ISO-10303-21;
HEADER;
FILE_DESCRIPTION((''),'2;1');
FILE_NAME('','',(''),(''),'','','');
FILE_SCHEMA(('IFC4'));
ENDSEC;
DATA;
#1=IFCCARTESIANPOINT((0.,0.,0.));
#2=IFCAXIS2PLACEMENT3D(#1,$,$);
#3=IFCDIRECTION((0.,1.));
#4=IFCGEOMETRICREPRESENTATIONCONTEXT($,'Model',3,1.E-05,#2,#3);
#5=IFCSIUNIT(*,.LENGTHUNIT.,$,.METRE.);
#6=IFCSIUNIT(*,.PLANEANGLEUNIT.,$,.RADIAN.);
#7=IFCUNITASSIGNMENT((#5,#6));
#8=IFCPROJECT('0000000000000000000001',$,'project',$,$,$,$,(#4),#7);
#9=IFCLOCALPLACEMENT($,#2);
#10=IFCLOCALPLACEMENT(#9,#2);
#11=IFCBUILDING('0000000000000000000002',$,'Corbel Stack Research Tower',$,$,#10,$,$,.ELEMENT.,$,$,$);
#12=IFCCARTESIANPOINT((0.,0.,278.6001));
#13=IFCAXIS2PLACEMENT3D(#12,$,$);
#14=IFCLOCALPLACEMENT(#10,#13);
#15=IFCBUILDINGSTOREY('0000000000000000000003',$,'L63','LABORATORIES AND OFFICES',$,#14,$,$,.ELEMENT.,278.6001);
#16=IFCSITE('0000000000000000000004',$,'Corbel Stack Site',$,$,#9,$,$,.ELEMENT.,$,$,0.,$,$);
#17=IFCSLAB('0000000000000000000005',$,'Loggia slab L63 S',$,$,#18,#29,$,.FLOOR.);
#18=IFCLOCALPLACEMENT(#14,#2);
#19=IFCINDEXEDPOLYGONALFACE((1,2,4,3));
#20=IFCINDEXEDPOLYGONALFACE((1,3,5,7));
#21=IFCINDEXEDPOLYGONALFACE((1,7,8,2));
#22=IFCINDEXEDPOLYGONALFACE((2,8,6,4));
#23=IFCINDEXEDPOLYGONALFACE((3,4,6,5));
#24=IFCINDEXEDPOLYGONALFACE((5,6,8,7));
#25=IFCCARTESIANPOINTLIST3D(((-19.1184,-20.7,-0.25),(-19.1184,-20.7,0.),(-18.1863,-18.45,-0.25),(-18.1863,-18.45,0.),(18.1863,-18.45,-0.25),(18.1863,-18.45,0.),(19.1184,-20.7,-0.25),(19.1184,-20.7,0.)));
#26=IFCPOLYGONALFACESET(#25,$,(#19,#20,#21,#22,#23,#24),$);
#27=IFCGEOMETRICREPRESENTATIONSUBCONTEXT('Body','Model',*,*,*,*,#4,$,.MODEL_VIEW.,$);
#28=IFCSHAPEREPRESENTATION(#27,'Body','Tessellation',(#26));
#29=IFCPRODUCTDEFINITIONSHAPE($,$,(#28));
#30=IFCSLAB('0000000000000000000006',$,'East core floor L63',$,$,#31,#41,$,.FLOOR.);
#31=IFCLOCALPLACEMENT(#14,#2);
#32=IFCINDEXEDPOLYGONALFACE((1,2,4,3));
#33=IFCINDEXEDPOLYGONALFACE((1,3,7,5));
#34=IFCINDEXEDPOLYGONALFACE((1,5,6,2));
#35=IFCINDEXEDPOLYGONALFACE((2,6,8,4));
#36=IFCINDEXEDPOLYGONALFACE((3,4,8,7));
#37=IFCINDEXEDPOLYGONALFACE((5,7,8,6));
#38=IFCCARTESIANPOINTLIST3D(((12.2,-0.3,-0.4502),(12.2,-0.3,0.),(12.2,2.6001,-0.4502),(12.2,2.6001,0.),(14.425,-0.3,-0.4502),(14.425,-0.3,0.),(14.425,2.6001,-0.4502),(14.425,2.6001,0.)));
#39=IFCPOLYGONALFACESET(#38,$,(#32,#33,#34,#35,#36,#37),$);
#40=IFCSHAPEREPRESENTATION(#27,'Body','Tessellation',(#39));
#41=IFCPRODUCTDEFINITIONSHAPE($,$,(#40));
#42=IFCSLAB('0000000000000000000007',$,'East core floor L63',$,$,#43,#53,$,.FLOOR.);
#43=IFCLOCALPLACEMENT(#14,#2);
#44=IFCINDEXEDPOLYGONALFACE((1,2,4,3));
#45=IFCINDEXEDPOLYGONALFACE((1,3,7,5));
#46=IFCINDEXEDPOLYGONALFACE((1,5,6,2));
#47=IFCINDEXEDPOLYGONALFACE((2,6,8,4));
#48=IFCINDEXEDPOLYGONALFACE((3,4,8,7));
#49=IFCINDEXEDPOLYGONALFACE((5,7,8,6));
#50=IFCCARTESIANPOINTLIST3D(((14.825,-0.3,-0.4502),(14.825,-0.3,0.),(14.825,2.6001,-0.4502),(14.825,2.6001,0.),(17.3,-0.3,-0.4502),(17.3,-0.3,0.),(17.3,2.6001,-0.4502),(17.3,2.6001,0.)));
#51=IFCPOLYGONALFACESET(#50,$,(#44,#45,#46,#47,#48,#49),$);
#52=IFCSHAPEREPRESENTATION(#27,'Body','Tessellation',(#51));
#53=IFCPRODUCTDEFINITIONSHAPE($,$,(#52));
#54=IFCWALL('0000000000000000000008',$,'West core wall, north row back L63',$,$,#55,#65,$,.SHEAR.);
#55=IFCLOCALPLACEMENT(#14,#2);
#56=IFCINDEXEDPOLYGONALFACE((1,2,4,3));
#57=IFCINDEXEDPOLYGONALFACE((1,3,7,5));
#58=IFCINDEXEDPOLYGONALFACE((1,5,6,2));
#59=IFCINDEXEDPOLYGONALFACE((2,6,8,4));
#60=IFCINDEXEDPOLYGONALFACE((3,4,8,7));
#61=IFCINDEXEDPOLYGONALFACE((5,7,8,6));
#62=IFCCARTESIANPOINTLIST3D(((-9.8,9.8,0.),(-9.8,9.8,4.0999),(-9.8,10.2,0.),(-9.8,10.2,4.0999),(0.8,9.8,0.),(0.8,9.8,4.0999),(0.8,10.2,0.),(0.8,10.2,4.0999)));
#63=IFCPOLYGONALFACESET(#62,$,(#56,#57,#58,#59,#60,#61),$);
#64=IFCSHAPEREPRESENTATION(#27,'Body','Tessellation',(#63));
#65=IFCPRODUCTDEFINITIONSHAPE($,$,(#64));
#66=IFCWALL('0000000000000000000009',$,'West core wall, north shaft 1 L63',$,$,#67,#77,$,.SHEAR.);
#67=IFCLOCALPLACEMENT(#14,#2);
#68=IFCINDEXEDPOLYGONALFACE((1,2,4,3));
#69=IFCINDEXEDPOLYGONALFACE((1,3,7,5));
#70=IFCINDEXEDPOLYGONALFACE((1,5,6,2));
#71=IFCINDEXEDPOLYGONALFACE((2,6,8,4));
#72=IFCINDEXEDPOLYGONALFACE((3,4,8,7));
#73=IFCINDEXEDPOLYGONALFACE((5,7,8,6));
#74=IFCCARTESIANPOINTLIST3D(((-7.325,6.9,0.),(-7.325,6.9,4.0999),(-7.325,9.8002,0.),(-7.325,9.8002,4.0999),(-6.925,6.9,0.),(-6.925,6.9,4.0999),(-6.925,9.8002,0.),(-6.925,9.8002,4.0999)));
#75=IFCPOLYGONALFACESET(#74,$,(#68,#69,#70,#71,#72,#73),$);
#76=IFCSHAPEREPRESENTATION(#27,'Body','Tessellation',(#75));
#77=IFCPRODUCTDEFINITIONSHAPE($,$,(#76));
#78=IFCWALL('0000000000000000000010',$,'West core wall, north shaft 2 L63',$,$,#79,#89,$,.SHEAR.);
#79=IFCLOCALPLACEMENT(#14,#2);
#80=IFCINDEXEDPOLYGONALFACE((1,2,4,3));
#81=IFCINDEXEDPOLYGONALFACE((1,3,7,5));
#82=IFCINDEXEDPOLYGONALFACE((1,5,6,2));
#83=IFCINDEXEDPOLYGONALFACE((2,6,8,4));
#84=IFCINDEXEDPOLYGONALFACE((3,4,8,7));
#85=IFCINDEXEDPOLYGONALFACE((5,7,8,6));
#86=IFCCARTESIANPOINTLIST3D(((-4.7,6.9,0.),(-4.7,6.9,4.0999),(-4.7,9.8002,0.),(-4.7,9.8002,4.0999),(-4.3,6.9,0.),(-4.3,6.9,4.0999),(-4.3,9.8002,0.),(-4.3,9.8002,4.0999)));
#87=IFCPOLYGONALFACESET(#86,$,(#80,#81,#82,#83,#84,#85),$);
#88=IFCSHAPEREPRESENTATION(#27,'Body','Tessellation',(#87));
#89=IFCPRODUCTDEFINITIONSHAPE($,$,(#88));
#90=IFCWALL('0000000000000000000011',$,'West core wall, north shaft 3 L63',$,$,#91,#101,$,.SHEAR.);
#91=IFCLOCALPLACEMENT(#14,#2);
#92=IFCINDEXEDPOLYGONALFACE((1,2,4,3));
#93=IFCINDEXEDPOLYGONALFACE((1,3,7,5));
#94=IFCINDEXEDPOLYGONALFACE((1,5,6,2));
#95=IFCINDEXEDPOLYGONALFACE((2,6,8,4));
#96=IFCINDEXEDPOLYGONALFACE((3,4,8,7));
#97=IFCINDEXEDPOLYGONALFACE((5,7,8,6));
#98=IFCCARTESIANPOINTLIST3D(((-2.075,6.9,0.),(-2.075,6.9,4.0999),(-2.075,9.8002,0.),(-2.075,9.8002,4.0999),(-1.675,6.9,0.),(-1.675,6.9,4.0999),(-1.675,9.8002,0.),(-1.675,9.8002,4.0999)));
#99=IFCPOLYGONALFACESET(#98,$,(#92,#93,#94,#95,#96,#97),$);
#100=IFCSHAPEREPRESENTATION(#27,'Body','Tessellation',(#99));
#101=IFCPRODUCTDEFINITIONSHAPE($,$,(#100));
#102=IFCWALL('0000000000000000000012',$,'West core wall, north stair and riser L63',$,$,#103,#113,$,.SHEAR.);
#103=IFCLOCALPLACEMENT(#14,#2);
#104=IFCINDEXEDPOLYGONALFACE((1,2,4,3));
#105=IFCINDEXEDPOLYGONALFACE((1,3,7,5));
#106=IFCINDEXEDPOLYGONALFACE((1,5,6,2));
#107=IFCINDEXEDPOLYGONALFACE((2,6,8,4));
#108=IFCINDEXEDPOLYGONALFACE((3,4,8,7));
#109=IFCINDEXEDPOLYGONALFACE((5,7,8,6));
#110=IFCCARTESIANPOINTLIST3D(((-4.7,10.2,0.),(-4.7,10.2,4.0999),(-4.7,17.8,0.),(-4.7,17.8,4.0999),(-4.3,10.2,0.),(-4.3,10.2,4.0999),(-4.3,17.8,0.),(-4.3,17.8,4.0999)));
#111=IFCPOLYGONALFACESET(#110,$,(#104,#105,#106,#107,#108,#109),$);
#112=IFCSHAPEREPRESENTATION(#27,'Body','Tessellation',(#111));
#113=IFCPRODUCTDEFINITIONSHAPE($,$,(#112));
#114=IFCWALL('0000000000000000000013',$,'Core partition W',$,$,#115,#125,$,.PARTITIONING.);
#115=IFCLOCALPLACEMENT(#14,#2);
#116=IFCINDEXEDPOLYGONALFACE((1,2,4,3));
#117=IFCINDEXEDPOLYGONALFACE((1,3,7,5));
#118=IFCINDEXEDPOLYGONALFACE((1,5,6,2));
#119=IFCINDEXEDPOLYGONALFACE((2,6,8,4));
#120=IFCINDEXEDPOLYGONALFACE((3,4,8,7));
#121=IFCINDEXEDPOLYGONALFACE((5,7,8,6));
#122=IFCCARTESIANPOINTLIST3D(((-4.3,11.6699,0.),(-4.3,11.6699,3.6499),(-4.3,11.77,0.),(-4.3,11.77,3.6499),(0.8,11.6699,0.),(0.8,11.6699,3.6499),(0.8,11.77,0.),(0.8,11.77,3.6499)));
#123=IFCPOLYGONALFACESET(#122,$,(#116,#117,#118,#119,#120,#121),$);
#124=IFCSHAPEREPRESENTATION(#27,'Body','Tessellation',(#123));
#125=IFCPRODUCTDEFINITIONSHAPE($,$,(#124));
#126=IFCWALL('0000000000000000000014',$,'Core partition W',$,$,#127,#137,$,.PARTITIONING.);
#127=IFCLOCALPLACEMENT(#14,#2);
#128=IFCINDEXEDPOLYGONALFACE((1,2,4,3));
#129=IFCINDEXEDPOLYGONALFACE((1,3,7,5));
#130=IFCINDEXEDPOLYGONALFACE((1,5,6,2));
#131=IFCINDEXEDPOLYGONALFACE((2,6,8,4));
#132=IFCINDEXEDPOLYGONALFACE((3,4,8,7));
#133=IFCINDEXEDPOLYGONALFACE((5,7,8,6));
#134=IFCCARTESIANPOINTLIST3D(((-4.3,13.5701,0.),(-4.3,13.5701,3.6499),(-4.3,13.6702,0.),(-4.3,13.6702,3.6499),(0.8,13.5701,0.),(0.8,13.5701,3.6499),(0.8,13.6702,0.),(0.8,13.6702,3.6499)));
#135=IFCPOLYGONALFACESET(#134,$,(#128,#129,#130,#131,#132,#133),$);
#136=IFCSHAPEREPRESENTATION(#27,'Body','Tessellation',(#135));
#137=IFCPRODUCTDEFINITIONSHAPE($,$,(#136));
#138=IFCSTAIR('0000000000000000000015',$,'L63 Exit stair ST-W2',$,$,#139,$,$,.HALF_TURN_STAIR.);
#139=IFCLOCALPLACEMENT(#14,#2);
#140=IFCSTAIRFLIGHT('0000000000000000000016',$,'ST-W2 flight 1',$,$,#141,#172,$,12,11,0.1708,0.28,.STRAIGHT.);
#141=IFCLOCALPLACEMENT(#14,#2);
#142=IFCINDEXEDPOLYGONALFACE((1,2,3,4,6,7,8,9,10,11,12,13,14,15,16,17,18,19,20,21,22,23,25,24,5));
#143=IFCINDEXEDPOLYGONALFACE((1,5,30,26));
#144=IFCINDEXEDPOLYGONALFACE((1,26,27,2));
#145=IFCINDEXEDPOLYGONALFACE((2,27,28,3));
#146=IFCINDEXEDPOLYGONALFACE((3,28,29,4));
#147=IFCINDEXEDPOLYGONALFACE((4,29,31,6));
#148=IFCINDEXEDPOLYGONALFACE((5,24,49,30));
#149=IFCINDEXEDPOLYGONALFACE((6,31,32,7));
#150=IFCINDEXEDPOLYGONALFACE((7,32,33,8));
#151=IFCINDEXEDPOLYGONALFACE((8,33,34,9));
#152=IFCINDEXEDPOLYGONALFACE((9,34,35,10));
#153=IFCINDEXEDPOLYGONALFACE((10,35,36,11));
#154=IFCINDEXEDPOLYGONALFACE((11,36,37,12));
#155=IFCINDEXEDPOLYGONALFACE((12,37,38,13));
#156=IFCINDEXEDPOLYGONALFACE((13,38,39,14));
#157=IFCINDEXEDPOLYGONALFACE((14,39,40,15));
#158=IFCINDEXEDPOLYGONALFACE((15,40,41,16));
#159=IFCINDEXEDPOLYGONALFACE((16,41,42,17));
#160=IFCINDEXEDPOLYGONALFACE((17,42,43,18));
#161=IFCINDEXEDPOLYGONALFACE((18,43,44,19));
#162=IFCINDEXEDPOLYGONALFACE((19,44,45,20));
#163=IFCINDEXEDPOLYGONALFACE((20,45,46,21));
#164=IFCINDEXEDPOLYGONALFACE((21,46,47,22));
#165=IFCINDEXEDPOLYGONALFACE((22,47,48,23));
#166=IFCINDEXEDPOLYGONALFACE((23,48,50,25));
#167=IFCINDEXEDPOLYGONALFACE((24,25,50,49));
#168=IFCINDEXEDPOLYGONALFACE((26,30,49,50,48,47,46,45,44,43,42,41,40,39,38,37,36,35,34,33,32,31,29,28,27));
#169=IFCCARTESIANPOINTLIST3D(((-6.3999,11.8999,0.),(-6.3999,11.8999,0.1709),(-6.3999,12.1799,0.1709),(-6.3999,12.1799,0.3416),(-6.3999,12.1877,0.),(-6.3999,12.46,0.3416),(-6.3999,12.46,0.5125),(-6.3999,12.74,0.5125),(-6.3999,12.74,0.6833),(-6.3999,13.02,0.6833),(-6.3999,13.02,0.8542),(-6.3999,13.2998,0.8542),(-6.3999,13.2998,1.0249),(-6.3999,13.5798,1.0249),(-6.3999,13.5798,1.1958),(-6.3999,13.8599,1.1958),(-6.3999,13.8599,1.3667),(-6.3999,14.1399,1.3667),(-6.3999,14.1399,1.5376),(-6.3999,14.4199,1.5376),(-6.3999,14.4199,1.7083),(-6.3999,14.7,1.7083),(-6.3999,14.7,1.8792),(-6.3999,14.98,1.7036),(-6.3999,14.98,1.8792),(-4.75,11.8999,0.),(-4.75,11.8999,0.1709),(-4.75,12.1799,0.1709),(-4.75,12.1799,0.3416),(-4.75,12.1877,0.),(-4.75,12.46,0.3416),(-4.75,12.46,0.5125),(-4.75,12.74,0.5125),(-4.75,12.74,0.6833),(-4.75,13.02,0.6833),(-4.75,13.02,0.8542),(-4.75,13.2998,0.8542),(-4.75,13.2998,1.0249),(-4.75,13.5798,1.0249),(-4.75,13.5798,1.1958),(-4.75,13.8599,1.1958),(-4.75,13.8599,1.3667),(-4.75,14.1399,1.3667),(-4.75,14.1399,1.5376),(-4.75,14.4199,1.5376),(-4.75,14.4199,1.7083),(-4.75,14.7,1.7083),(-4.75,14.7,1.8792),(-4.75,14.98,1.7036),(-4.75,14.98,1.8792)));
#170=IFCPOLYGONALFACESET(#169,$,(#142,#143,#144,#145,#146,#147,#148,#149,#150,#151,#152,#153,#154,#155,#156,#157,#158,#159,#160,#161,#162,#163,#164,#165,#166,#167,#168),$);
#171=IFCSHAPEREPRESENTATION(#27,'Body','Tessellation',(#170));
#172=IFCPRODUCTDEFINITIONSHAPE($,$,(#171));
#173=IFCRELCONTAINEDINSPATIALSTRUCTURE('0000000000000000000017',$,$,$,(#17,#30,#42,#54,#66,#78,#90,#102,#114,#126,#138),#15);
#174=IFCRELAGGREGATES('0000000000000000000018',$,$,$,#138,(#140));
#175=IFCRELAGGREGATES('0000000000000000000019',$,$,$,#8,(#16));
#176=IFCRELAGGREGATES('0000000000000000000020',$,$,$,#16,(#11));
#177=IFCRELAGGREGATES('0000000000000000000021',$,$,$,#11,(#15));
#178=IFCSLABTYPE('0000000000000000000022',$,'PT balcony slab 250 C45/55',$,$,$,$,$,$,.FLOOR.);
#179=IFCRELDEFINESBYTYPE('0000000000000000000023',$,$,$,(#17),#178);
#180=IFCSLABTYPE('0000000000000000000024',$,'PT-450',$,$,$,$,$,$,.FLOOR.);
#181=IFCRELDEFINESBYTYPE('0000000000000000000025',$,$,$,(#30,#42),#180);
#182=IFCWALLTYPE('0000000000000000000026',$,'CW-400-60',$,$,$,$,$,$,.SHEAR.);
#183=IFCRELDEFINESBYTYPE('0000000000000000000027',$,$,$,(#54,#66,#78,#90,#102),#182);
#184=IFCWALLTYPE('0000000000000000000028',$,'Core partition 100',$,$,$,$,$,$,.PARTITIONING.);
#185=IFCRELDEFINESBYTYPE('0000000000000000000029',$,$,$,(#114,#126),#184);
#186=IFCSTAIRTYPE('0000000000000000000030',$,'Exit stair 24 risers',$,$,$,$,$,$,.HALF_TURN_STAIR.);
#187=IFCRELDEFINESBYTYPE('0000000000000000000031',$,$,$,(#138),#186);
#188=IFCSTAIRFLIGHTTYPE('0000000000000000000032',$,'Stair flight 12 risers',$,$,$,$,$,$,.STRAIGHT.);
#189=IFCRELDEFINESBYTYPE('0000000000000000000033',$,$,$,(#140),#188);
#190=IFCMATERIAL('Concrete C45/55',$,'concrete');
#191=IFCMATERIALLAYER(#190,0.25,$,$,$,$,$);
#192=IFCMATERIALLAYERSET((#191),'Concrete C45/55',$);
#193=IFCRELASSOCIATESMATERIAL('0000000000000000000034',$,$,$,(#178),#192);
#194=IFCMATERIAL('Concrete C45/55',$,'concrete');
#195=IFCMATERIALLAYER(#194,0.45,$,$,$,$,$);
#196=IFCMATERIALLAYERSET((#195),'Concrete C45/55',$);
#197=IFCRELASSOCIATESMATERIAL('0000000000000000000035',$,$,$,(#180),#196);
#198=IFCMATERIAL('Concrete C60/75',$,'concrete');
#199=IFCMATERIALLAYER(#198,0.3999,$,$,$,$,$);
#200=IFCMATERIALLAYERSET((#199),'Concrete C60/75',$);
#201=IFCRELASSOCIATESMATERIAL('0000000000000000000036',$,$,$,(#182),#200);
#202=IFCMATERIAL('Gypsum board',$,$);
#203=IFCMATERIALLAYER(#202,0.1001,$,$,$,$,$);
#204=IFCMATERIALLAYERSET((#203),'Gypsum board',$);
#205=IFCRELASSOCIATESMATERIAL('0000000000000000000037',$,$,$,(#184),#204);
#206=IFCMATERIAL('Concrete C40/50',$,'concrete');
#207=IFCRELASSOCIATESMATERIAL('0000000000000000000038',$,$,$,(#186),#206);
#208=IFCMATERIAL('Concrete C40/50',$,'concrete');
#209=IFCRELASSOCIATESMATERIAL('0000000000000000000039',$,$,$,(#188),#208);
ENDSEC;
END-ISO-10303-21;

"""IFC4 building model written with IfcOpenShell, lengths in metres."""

from ifc_helpers import new_model, si_unit, direction, frame, frame_2d, origin, place, context, subcontext, project, spatial, polyline, rectangle, outline, extrude, material, layer, layer_set, type_object, element, aggregate, save


model = new_model("IFC4")

# Units and contexts
model_context = context("Model", 3, precision=1e-05, world=origin(), true_north=direction((0.0, 1.0)))
body_context = subcontext(model_context, "Body", "Model", "MODEL_VIEW")
ifc_project = project(units=[si_unit("LENGTHUNIT", "METRE"), si_unit("PLANEANGLEUNIT", "RADIAN")], contexts=[model_context])

# Site, building, storey
site_placement = place(None, origin())
site = spatial("IfcSite", under=ifc_project, at=site_placement, Name="Corbel Stack Site", CompositionType="ELEMENT", RefElevation=0.0)
building_placement = place(site_placement, origin())
building = spatial("IfcBuilding", under=site, at=building_placement, Name="Corbel Stack Research Tower", CompositionType="ELEMENT")
storey_placement = place(building_placement, frame((0.0, 0.0, 278.6001)))
storey = spatial("IfcBuildingStorey", under=building, at=storey_placement, Name="L63", Description="LABORATORIES AND OFFICES", CompositionType="ELEMENT", Elevation=278.6001)

# Slabs
ifc_material_1 = material(Name="Concrete C45/55", Category="concrete")
ifc_layer_1 = layer(ifc_material_1, 0.25)
ifc_layer_set_1 = layer_set([ifc_layer_1], Name="Concrete C45/55")
slab_type_1 = type_object("IfcSlabType", Name="PT balcony slab 250 C45/55", PredefinedType="FLOOR", material=ifc_layer_set_1)
slab_1_placement = place(storey_placement, frame((0.0, 0.0, -0.25)))
element("IfcSlab", 1, at=slab_1_placement, inside=storey, type_object=slab_type_1, Name="Loggia slab L63 S", PredefinedType="FLOOR", context=body_context, shape_type="SweptSolid", body=[
    extrude(outline(polyline([(18.1863, -18.45), (-18.1863, -18.45), (-19.1184, -20.7), (19.1184, -20.7), (18.1863, -18.45)])), origin(), (0.0, 0.0, 1.0), 0.25),
])
ifc_material_2 = material(Name="Concrete C45/55", Category="concrete")
ifc_layer_2 = layer(ifc_material_2, 0.45)
ifc_layer_set_2 = layer_set([ifc_layer_2], Name="Concrete C45/55")
slab_type_2 = type_object("IfcSlabType", Name="PT-450", PredefinedType="FLOOR", material=ifc_layer_set_2)
slab_2_placement = place(storey_placement, frame((0.0, 0.0, -0.4502)))
element("IfcSlab", 2, at=slab_2_placement, inside=storey, type_object=slab_type_2, Name="East core floor L63", PredefinedType="FLOOR", context=body_context, shape_type="SweptSolid", body=[
    extrude(outline(polyline([(12.2, 2.6001), (12.2, -0.3), (14.425, -0.3), (14.425, 2.6001), (12.2, 2.6001)])), origin(), (0.0, 0.0, 1.0), 0.4502),
])
slab_3_placement = place(storey_placement, frame((0.0, 0.0, -0.4502)))
element("IfcSlab", 3, at=slab_3_placement, inside=storey, type_object=slab_type_2, Name="East core floor L63", PredefinedType="FLOOR", context=body_context, shape_type="SweptSolid", body=[
    extrude(outline(polyline([(14.825, 2.6001), (14.825, -0.3), (17.3, -0.3), (17.3, 2.6001), (14.825, 2.6001)])), origin(), (0.0, 0.0, 1.0), 0.4502),
])

# Walls
ifc_material_3 = material(Name="Concrete C60/75", Category="concrete")
ifc_layer_3 = layer(ifc_material_3, 0.3999)
ifc_layer_set_3 = layer_set([ifc_layer_3], Name="Concrete C60/75")
wall_type_1 = type_object("IfcWallType", Name="CW-400-60", PredefinedType="SHEAR", material=ifc_layer_set_3)
wall_1_placement = place(storey_placement, frame((-9.8, 10.0, 0.0), z_axis=(0.0, 0.0, 1.0), x_axis=(1.0, 0.0, 0.0)))
element("IfcWall", 4, at=wall_1_placement, inside=storey, type_object=wall_type_1, Name="West core wall, north row back L63", PredefinedType="SHEAR", context=body_context, shape_type="SweptSolid", body=[
    extrude(rectangle(XDim=10.6001, YDim=0.3999, at=frame_2d((5.3, 0.0))), origin(), (0.0, 0.0, 1.0), 4.0999),
])
for number, where, z_axis, x_axis, name in (
    (5, (-7.125, 6.8999, 0.0), (0.0, 0.0, 1.0), (0.0, 1.0, 0.0), "West core wall, north shaft 1 L63"),
    (6, (-4.5, 6.8999, 0.0), (0.0, 0.0, 1.0), (0.0, 1.0, 0.0), "West core wall, north shaft 2 L63"),
    (7, (-1.875, 6.8999, 0.0), (0.0, 0.0, 1.0), (0.0, 1.0, 0.0), "West core wall, north shaft 3 L63"),
):
    element("IfcWall", number, at=place(storey_placement, frame(where, z_axis=z_axis, x_axis=x_axis)), inside=storey, type_object=wall_type_1, Name=name, PredefinedType="SHEAR", context=body_context, shape_type="SweptSolid", body=[
        extrude(rectangle(XDim=2.9001, YDim=0.3999, at=frame_2d((1.4502, 0.0))), origin(), (0.0, 0.0, 1.0), 4.0999),
    ])
wall_2_placement = place(storey_placement, frame((-4.5, 10.2, 0.0), z_axis=(0.0, 0.0, 1.0), x_axis=(0.0, 1.0, 0.0)))
element("IfcWall", 8, at=wall_2_placement, inside=storey, type_object=wall_type_1, Name="West core wall, north stair and riser L63", PredefinedType="SHEAR", context=body_context, shape_type="SweptSolid", body=[
    extrude(rectangle(XDim=7.6001, YDim=0.3999, at=frame_2d((3.8, 0.0))), origin(), (0.0, 0.0, 1.0), 4.0999),
])
ifc_material_4 = material(Name="Gypsum board")
ifc_layer_4 = layer(ifc_material_4, 0.1001)
ifc_layer_set_4 = layer_set([ifc_layer_4], Name="Gypsum board")
wall_type_2 = type_object("IfcWallType", Name="Core partition 100", PredefinedType="PARTITIONING", material=ifc_layer_set_4)
for number, where, z_axis, x_axis, name in (
    (9, (-4.3, 11.72, 0.0), (0.0, 0.0, 1.0), (1.0, 0.0, 0.0), "Core partition W"),
    (10, (-4.3, 13.6201, 0.0), (0.0, 0.0, 1.0), (1.0, 0.0, 0.0), "Core partition W"),
):
    element("IfcWall", number, at=place(storey_placement, frame(where, z_axis=z_axis, x_axis=x_axis)), inside=storey, type_object=wall_type_2, Name=name, PredefinedType="PARTITIONING", context=body_context, shape_type="SweptSolid", body=[
        extrude(rectangle(XDim=5.1001, YDim=0.1001, at=frame_2d((2.55, 0.0))), origin(), (0.0, 0.0, 1.0), 3.6499),
    ])

# Stair, stair flight
ifc_material_5 = material(Name="Concrete C40/50", Category="concrete")
stair_type = type_object("IfcStairType", Name="Exit stair 24 risers", PredefinedType="HALF_TURN_STAIR", material=ifc_material_5)
stair_placement = place(storey_placement, origin())
stair = element("IfcStair", 11, at=stair_placement, inside=storey, type_object=stair_type, Name="L63 Exit stair ST-W2", PredefinedType="HALF_TURN_STAIR")
ifc_material_6 = material(Name="Concrete C40/50", Category="concrete")
stair_flight_type = type_object("IfcStairFlightType", Name="Stair flight 12 risers", PredefinedType="STRAIGHT", material=ifc_material_6)
stair_flight_1_placement = place(storey_placement, frame((-5.575, 11.8999, 0.0), z_axis=(0.0, 0.0, 1.0), x_axis=(0.0, 1.0, 0.0)))
stair_flight_1 = element("IfcStairFlight", 12, at=stair_flight_1_placement, type_object=stair_flight_type, Name="ST-W2 flight 1", NumberOfRisers=12, NumberOfTreads=11, PredefinedType="STRAIGHT", RiserHeight=0.1708, TreadLength=0.28, context=body_context, shape_type="SweptSolid", body=[
    extrude(outline(polyline([(0.0, 0.0), (0.0, 0.1709), (0.28, 0.1709), (0.28, 0.3416), (0.5601, 0.3416), (0.5601, 0.5125), (0.8401, 0.5125), (0.8401, 0.6833), (1.1201, 0.6833), (1.1201, 0.8542), (1.3999, 0.8542), (1.3999, 1.0249), (1.6799, 1.0249), (1.6799, 1.1958), (1.96, 1.1958), (1.96, 1.3667), (2.24, 1.3667), (2.24, 1.5376), (2.52, 1.5376), (2.52, 1.7083), (2.8, 1.7083), (2.8, 1.8792), (3.0801, 1.8792), (3.0801, 2.05), (3.0801, 1.7036), (0.2878, 0.0), (0.0, 0.0)])), frame((0.0, 0.825, 0.0), z_axis=(0.0, -1.0, 0.0), x_axis=(1.0, 0.0, 0.0)), (0.0, 0.0, 1.0), 1.6499),
])
aggregate(stair, [stair_flight_1])

save(model, "model.ifc")
